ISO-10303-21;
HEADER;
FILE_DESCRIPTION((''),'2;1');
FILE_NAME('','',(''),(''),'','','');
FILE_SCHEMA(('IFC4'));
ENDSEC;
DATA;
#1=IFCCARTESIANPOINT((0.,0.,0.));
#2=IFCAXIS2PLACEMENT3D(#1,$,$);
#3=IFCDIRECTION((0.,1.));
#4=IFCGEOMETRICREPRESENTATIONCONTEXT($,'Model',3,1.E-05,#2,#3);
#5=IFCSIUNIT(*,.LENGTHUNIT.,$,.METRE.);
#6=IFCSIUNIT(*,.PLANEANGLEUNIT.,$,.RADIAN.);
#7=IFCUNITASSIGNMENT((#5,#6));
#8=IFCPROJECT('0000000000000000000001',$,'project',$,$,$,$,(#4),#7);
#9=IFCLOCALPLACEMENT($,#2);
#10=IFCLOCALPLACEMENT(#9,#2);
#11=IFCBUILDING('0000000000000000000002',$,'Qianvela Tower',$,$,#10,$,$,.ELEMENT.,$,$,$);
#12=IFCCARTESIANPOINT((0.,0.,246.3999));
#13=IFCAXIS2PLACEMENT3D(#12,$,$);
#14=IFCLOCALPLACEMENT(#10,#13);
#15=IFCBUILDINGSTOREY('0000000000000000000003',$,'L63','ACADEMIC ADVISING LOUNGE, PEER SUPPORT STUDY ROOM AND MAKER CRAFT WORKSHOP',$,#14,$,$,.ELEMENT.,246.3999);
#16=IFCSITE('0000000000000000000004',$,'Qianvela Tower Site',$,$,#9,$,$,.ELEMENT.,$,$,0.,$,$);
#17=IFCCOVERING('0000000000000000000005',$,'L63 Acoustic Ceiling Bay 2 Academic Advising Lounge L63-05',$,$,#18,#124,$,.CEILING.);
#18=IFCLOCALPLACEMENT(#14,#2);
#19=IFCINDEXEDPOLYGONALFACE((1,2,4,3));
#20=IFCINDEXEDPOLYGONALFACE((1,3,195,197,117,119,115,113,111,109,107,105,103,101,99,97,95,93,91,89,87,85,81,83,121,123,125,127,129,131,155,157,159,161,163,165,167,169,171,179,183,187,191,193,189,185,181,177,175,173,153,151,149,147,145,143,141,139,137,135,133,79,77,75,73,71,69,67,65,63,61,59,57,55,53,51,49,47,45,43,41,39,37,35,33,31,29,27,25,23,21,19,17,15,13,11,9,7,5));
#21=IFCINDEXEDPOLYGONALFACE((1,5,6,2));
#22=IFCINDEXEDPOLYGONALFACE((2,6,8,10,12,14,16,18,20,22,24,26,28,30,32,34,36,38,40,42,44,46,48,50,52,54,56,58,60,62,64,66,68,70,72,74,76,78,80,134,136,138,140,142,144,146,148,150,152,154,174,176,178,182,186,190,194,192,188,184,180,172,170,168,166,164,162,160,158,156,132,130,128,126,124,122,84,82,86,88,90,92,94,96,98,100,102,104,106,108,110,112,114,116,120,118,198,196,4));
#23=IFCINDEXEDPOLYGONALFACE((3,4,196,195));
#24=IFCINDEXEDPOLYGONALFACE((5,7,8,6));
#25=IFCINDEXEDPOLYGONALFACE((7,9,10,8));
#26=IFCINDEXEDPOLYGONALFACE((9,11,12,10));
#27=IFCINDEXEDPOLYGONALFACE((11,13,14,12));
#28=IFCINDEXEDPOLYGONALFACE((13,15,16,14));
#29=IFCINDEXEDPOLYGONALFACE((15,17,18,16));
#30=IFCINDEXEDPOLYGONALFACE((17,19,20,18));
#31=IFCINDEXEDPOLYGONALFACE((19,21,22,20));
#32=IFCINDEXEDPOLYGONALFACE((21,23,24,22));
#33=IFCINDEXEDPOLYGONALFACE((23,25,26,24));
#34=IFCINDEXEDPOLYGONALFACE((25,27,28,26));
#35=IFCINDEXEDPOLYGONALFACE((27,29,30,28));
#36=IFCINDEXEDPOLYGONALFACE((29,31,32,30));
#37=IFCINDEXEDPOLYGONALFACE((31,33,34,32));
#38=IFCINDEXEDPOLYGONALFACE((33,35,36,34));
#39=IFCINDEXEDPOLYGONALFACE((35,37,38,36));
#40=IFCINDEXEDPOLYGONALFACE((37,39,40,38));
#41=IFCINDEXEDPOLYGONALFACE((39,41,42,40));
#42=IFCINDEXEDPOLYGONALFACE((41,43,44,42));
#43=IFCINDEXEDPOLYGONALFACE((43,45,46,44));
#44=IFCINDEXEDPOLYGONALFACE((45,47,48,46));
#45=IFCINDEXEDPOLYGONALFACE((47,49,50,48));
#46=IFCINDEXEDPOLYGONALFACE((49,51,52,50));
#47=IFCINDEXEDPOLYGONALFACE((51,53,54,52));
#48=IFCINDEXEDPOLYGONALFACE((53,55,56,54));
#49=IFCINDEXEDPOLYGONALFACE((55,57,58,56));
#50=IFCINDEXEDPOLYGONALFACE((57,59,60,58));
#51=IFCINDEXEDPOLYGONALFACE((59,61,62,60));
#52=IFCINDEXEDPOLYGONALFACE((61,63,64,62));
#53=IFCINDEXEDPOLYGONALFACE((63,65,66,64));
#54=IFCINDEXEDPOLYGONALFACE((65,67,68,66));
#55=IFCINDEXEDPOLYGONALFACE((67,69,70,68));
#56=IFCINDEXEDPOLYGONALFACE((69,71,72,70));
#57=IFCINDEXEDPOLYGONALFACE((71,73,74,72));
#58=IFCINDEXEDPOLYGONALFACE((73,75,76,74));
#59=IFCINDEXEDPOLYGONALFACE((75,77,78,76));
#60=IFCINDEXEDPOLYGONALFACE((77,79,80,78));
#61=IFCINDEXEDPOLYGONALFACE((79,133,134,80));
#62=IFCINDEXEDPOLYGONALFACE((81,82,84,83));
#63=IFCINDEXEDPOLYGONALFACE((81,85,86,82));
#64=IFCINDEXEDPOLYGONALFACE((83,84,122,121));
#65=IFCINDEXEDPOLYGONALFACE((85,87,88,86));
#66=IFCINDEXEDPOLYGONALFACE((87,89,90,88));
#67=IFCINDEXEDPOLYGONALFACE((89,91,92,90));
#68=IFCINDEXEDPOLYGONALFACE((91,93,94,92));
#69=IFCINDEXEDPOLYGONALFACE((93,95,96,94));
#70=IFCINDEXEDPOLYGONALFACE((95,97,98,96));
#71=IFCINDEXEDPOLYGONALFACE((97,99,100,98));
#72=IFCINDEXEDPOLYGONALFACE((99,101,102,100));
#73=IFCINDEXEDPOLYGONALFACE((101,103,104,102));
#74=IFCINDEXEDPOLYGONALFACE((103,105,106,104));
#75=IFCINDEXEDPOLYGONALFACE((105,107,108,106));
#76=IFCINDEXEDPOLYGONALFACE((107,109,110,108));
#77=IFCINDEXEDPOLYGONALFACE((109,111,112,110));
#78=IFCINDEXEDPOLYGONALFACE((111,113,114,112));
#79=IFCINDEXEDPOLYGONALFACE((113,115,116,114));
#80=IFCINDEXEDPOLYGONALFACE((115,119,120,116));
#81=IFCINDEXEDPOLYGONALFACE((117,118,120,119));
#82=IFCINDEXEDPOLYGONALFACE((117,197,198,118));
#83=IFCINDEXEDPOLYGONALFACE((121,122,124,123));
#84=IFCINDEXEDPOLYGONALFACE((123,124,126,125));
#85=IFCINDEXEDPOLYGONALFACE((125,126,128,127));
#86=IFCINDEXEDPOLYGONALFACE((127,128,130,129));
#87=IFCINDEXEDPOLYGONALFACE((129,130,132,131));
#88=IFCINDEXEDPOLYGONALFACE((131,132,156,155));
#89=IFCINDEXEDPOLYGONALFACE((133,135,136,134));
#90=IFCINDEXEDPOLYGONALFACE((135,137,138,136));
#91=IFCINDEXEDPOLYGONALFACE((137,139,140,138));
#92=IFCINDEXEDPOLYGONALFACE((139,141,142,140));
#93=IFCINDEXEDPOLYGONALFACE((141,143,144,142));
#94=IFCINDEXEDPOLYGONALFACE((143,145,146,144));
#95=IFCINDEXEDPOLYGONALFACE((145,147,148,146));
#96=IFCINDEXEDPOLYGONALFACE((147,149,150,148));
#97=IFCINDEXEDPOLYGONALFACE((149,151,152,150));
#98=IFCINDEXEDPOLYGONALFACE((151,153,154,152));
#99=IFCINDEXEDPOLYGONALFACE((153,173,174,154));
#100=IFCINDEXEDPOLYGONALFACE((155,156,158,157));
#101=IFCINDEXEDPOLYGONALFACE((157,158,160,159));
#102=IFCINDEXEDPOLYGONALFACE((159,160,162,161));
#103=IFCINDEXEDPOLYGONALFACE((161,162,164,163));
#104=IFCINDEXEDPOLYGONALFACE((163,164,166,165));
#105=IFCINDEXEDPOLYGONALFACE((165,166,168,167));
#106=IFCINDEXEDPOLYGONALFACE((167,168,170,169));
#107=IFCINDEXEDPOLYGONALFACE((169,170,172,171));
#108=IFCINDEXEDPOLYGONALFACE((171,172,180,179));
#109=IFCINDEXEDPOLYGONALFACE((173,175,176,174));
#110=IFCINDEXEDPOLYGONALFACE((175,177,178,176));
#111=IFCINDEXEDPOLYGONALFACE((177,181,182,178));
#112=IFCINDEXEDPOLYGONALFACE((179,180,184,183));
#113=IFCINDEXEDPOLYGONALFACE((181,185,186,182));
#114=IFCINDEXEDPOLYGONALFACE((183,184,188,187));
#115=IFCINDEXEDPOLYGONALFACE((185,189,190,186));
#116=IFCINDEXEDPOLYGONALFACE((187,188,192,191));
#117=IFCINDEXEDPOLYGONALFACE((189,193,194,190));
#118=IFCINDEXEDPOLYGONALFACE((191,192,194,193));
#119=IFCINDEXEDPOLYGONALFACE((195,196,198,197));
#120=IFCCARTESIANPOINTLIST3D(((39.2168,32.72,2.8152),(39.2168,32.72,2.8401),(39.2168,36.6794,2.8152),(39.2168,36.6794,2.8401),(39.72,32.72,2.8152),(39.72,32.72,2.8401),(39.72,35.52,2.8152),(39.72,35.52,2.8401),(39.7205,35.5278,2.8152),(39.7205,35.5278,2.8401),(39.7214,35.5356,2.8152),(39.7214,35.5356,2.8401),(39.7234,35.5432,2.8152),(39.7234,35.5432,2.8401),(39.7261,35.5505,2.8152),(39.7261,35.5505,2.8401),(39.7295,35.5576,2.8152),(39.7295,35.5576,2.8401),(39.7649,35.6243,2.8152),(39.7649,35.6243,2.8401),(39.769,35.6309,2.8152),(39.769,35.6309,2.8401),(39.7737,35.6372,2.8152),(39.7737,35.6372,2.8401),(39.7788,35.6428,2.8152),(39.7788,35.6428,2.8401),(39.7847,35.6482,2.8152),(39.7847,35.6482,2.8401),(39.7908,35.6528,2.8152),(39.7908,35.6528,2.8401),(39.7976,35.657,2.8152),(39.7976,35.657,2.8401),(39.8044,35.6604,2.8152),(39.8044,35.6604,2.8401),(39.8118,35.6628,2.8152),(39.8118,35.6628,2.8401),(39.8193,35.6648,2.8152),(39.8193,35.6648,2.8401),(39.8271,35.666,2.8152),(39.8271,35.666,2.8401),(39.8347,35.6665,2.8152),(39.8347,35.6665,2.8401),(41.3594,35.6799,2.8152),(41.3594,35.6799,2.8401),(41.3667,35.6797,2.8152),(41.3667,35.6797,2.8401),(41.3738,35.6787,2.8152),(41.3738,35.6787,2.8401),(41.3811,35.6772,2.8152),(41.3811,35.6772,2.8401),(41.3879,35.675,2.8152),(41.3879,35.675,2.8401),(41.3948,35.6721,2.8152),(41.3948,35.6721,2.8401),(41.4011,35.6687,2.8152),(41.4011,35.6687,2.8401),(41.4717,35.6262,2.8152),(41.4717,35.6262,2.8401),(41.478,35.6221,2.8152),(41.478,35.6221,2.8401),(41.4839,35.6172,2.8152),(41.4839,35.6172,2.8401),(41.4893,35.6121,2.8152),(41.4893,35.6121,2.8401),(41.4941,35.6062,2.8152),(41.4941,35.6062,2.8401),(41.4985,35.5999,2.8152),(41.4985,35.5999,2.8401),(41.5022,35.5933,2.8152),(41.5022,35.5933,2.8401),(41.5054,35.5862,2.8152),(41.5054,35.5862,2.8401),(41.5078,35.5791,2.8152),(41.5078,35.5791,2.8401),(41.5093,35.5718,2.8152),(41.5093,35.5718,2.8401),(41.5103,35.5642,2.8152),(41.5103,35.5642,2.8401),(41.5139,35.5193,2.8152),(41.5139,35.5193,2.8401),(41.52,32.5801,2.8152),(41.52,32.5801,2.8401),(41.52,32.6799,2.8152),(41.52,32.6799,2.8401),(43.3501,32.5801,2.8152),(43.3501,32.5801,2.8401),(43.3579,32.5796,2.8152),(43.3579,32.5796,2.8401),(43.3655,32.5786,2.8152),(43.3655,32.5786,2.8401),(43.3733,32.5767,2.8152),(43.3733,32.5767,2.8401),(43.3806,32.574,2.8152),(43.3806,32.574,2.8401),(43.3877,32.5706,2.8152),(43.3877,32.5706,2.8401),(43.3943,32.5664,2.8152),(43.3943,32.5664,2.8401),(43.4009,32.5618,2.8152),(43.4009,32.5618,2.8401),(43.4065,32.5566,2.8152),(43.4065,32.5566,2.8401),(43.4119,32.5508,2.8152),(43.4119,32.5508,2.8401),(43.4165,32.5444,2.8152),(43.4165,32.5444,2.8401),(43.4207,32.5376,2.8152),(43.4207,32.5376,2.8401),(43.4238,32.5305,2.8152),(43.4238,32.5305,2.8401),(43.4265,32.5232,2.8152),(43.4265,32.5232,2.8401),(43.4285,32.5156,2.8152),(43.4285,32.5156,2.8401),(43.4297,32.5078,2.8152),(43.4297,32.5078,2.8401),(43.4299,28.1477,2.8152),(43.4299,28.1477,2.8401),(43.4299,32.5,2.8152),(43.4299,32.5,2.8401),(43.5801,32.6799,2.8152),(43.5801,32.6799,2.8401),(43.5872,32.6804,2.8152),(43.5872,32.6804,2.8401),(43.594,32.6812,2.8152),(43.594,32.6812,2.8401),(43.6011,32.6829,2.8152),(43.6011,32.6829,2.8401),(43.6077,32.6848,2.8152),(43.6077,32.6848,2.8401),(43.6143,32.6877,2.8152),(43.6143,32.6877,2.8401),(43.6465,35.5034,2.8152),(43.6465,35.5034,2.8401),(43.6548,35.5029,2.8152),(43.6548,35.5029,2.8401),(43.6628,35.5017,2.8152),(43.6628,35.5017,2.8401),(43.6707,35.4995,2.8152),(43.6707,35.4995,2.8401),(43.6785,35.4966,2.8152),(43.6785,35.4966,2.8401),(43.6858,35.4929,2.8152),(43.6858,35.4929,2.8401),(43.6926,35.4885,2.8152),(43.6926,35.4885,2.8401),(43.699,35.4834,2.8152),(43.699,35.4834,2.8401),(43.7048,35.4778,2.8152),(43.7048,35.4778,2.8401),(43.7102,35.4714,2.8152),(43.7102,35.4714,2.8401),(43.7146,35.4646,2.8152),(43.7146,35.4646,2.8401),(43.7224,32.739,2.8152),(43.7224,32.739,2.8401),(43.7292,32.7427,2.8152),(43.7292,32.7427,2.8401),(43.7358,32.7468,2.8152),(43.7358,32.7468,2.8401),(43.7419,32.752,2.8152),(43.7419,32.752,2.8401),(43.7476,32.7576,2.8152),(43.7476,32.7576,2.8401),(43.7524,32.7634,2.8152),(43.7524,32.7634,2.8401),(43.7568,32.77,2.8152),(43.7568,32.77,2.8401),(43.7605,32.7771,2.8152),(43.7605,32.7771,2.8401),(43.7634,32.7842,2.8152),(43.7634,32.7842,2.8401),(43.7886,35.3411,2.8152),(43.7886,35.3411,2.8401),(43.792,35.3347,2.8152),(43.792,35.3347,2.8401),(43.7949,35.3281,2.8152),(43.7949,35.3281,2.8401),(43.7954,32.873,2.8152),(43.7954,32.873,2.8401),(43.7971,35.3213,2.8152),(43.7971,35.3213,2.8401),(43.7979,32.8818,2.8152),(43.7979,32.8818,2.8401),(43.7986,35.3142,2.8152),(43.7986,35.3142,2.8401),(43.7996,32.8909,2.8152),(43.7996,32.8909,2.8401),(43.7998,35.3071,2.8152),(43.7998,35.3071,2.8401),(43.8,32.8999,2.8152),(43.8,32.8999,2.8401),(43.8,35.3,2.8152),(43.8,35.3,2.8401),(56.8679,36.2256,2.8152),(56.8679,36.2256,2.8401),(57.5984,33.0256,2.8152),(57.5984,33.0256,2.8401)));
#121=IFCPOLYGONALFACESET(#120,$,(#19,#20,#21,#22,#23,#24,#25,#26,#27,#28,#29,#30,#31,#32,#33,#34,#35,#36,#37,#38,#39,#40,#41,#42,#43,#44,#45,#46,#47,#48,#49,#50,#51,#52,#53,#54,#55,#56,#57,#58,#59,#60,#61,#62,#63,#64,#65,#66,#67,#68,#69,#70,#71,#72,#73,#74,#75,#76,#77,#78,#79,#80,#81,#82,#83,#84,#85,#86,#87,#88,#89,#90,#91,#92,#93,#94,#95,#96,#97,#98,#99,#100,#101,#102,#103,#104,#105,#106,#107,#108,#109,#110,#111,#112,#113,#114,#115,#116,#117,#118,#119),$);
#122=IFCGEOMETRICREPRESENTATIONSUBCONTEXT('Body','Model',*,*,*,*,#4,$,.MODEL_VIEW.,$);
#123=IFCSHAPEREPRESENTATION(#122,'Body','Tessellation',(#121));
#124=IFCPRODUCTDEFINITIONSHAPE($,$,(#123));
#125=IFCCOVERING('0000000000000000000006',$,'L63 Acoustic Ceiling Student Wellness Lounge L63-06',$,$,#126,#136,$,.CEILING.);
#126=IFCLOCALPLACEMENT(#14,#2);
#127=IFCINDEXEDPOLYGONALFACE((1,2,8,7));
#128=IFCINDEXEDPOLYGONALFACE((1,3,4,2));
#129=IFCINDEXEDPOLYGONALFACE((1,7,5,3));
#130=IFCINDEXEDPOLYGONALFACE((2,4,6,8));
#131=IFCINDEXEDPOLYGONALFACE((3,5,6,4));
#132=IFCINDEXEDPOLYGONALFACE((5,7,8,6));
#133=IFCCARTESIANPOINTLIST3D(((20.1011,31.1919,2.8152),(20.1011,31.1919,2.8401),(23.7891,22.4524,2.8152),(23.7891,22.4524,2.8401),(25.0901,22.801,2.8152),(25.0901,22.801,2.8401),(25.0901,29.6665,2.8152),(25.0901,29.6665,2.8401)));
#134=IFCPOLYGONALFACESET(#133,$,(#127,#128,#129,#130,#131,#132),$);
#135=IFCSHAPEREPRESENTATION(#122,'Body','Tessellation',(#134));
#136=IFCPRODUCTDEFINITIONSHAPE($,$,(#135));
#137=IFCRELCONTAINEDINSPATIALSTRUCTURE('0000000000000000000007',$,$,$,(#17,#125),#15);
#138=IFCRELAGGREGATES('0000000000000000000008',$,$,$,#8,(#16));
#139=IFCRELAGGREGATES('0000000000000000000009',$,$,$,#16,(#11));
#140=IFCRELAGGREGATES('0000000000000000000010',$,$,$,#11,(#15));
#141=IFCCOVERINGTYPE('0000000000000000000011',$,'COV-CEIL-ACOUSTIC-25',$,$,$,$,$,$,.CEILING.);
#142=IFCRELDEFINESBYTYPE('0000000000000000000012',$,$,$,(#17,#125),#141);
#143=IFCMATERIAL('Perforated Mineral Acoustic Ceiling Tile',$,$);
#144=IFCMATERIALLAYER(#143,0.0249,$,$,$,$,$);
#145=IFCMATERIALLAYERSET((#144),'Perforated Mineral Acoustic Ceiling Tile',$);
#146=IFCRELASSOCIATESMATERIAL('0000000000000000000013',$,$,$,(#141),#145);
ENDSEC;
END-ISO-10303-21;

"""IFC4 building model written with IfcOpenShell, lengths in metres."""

from ifc_helpers import new_model, si_unit, direction, frame, origin, place, context, subcontext, project, spatial, polyline, outline, extrude, material, layer, layer_set, type_object, element, save


model = new_model("IFC4")

# Units and contexts
model_context = context("Model", 3, precision=1e-05, world=origin(), true_north=direction((0.0, 1.0)))
body_context = subcontext(model_context, "Body", "Model", "MODEL_VIEW")
ifc_project = project(units=[si_unit("LENGTHUNIT", "METRE"), si_unit("PLANEANGLEUNIT", "RADIAN")], contexts=[model_context])

# Site, building, storey
site_placement = place(None, origin())
site = spatial("IfcSite", under=ifc_project, at=site_placement, Name="Qianvela Tower Site", CompositionType="ELEMENT", RefElevation=0.0)
building_placement = place(site_placement, origin())
building = spatial("IfcBuilding", under=site, at=building_placement, Name="Qianvela Tower", CompositionType="ELEMENT")
storey_placement = place(building_placement, frame((0.0, 0.0, 246.3999)))
storey = spatial("IfcBuildingStorey", under=building, at=storey_placement, Name="L63", Description="ACADEMIC ADVISING LOUNGE, PEER SUPPORT STUDY ROOM AND MAKER CRAFT WORKSHOP", CompositionType="ELEMENT", Elevation=246.3999)

# Coverings
ifc_material_1 = material(Name="Perforated Mineral Acoustic Ceiling Tile")
ifc_layer_1 = layer(ifc_material_1, 0.0249)
ifc_layer_set_1 = layer_set([ifc_layer_1], Name="Perforated Mineral Acoustic Ceiling Tile")
covering_type_1 = type_object("IfcCoveringType", Name="COV-CEIL-ACOUSTIC-25", PredefinedType="CEILING", material=ifc_layer_set_1)
covering_1_placement = place(storey_placement, frame((0.0, 0.0, 2.8152)))
element("IfcCovering", 1, at=covering_1_placement, inside=storey, type_object=covering_type_1, Name="L63 Acoustic Ceiling Bay 2 Academic Advising Lounge L63-05", PredefinedType="CEILING", context=body_context, shape_type="SweptSolid", body=[
    extrude(outline(polyline([(56.8679, 36.2256), (57.5984, 33.0256), (43.4299, 28.1477), (43.4299, 32.5), (43.4297, 32.5078), (43.4285, 32.5156), (43.4265, 32.5232), (43.4238, 32.5305), (43.4207, 32.5376), (43.4165, 32.5444), (43.4119, 32.5508), (43.4065, 32.5566), (43.4009, 32.5618), (43.3943, 32.5664), (43.3877, 32.5706), (43.3806, 32.574), (43.3733, 32.5767), (43.3655, 32.5786), (43.3579, 32.5796), (43.3501, 32.5801), (41.52, 32.5801), (41.52, 32.6799), (43.5801, 32.6799), (43.5872, 32.6804), (43.594, 32.6812), (43.6011, 32.6829), (43.6077, 32.6848), (43.6143, 32.6877), (43.7224, 32.739), (43.7292, 32.7427), (43.7358, 32.7468), (43.7419, 32.752), (43.7476, 32.7576), (43.7524, 32.7634), (43.7568, 32.77), (43.7605, 32.7771), (43.7634, 32.7842), (43.7954, 32.873), (43.7979, 32.8818), (43.7996, 32.8909), (43.8, 32.8999), (43.8, 35.3), (43.7998, 35.3071), (43.7986, 35.3142), (43.7971, 35.3213), (43.7949, 35.3281), (43.792, 35.3347), (43.7886, 35.3411), (43.7146, 35.4646), (43.7102, 35.4714), (43.7048, 35.4778), (43.699, 35.4834), (43.6926, 35.4885), (43.6858, 35.4929), (43.6785, 35.4966), (43.6707, 35.4995), (43.6628, 35.5017), (43.6548, 35.5029), (43.6465, 35.5034), (41.5139, 35.5193), (41.5103, 35.5642), (41.5093, 35.5718), (41.5078, 35.5791), (41.5054, 35.5862), (41.5022, 35.5933), (41.4985, 35.5999), (41.4941, 35.6062), (41.4893, 35.6121), (41.4839, 35.6172), (41.478, 35.6221), (41.4717, 35.6262), (41.4011, 35.6687), (41.3948, 35.6721), (41.3879, 35.675), (41.3811, 35.6772), (41.3738, 35.6787), (41.3667, 35.6797), (41.3594, 35.6799), (39.8347, 35.6665), (39.8271, 35.666), (39.8193, 35.6648), (39.8118, 35.6628), (39.8044, 35.6604), (39.7976, 35.657), (39.7908, 35.6528), (39.7847, 35.6482), (39.7788, 35.6428), (39.7737, 35.6372), (39.769, 35.6309), (39.7649, 35.6243), (39.7295, 35.5576), (39.7261, 35.5505), (39.7234, 35.5432), (39.7214, 35.5356), (39.7205, 35.5278), (39.72, 35.52), (39.72, 32.72), (39.2168, 32.72), (39.2168, 36.6794), (56.8679, 36.2256)])), origin(), (0.0, 0.0, 1.0), 0.0249),
])
covering_2_placement = place(storey_placement, frame((0.0, 0.0, 2.8152)))
element("IfcCovering", 2, at=covering_2_placement, inside=storey, type_object=covering_type_1, Name="L63 Acoustic Ceiling Student Wellness Lounge L63-06", PredefinedType="CEILING", context=body_context, shape_type="SweptSolid", body=[
    extrude(outline(polyline([(23.7891, 22.4524), (20.1011, 31.1919), (25.0901, 29.6665), (25.0901, 22.801), (23.7891, 22.4524)])), origin(), (0.0, 0.0, 1.0), 0.0249),
])

save(model, "model.ifc")
